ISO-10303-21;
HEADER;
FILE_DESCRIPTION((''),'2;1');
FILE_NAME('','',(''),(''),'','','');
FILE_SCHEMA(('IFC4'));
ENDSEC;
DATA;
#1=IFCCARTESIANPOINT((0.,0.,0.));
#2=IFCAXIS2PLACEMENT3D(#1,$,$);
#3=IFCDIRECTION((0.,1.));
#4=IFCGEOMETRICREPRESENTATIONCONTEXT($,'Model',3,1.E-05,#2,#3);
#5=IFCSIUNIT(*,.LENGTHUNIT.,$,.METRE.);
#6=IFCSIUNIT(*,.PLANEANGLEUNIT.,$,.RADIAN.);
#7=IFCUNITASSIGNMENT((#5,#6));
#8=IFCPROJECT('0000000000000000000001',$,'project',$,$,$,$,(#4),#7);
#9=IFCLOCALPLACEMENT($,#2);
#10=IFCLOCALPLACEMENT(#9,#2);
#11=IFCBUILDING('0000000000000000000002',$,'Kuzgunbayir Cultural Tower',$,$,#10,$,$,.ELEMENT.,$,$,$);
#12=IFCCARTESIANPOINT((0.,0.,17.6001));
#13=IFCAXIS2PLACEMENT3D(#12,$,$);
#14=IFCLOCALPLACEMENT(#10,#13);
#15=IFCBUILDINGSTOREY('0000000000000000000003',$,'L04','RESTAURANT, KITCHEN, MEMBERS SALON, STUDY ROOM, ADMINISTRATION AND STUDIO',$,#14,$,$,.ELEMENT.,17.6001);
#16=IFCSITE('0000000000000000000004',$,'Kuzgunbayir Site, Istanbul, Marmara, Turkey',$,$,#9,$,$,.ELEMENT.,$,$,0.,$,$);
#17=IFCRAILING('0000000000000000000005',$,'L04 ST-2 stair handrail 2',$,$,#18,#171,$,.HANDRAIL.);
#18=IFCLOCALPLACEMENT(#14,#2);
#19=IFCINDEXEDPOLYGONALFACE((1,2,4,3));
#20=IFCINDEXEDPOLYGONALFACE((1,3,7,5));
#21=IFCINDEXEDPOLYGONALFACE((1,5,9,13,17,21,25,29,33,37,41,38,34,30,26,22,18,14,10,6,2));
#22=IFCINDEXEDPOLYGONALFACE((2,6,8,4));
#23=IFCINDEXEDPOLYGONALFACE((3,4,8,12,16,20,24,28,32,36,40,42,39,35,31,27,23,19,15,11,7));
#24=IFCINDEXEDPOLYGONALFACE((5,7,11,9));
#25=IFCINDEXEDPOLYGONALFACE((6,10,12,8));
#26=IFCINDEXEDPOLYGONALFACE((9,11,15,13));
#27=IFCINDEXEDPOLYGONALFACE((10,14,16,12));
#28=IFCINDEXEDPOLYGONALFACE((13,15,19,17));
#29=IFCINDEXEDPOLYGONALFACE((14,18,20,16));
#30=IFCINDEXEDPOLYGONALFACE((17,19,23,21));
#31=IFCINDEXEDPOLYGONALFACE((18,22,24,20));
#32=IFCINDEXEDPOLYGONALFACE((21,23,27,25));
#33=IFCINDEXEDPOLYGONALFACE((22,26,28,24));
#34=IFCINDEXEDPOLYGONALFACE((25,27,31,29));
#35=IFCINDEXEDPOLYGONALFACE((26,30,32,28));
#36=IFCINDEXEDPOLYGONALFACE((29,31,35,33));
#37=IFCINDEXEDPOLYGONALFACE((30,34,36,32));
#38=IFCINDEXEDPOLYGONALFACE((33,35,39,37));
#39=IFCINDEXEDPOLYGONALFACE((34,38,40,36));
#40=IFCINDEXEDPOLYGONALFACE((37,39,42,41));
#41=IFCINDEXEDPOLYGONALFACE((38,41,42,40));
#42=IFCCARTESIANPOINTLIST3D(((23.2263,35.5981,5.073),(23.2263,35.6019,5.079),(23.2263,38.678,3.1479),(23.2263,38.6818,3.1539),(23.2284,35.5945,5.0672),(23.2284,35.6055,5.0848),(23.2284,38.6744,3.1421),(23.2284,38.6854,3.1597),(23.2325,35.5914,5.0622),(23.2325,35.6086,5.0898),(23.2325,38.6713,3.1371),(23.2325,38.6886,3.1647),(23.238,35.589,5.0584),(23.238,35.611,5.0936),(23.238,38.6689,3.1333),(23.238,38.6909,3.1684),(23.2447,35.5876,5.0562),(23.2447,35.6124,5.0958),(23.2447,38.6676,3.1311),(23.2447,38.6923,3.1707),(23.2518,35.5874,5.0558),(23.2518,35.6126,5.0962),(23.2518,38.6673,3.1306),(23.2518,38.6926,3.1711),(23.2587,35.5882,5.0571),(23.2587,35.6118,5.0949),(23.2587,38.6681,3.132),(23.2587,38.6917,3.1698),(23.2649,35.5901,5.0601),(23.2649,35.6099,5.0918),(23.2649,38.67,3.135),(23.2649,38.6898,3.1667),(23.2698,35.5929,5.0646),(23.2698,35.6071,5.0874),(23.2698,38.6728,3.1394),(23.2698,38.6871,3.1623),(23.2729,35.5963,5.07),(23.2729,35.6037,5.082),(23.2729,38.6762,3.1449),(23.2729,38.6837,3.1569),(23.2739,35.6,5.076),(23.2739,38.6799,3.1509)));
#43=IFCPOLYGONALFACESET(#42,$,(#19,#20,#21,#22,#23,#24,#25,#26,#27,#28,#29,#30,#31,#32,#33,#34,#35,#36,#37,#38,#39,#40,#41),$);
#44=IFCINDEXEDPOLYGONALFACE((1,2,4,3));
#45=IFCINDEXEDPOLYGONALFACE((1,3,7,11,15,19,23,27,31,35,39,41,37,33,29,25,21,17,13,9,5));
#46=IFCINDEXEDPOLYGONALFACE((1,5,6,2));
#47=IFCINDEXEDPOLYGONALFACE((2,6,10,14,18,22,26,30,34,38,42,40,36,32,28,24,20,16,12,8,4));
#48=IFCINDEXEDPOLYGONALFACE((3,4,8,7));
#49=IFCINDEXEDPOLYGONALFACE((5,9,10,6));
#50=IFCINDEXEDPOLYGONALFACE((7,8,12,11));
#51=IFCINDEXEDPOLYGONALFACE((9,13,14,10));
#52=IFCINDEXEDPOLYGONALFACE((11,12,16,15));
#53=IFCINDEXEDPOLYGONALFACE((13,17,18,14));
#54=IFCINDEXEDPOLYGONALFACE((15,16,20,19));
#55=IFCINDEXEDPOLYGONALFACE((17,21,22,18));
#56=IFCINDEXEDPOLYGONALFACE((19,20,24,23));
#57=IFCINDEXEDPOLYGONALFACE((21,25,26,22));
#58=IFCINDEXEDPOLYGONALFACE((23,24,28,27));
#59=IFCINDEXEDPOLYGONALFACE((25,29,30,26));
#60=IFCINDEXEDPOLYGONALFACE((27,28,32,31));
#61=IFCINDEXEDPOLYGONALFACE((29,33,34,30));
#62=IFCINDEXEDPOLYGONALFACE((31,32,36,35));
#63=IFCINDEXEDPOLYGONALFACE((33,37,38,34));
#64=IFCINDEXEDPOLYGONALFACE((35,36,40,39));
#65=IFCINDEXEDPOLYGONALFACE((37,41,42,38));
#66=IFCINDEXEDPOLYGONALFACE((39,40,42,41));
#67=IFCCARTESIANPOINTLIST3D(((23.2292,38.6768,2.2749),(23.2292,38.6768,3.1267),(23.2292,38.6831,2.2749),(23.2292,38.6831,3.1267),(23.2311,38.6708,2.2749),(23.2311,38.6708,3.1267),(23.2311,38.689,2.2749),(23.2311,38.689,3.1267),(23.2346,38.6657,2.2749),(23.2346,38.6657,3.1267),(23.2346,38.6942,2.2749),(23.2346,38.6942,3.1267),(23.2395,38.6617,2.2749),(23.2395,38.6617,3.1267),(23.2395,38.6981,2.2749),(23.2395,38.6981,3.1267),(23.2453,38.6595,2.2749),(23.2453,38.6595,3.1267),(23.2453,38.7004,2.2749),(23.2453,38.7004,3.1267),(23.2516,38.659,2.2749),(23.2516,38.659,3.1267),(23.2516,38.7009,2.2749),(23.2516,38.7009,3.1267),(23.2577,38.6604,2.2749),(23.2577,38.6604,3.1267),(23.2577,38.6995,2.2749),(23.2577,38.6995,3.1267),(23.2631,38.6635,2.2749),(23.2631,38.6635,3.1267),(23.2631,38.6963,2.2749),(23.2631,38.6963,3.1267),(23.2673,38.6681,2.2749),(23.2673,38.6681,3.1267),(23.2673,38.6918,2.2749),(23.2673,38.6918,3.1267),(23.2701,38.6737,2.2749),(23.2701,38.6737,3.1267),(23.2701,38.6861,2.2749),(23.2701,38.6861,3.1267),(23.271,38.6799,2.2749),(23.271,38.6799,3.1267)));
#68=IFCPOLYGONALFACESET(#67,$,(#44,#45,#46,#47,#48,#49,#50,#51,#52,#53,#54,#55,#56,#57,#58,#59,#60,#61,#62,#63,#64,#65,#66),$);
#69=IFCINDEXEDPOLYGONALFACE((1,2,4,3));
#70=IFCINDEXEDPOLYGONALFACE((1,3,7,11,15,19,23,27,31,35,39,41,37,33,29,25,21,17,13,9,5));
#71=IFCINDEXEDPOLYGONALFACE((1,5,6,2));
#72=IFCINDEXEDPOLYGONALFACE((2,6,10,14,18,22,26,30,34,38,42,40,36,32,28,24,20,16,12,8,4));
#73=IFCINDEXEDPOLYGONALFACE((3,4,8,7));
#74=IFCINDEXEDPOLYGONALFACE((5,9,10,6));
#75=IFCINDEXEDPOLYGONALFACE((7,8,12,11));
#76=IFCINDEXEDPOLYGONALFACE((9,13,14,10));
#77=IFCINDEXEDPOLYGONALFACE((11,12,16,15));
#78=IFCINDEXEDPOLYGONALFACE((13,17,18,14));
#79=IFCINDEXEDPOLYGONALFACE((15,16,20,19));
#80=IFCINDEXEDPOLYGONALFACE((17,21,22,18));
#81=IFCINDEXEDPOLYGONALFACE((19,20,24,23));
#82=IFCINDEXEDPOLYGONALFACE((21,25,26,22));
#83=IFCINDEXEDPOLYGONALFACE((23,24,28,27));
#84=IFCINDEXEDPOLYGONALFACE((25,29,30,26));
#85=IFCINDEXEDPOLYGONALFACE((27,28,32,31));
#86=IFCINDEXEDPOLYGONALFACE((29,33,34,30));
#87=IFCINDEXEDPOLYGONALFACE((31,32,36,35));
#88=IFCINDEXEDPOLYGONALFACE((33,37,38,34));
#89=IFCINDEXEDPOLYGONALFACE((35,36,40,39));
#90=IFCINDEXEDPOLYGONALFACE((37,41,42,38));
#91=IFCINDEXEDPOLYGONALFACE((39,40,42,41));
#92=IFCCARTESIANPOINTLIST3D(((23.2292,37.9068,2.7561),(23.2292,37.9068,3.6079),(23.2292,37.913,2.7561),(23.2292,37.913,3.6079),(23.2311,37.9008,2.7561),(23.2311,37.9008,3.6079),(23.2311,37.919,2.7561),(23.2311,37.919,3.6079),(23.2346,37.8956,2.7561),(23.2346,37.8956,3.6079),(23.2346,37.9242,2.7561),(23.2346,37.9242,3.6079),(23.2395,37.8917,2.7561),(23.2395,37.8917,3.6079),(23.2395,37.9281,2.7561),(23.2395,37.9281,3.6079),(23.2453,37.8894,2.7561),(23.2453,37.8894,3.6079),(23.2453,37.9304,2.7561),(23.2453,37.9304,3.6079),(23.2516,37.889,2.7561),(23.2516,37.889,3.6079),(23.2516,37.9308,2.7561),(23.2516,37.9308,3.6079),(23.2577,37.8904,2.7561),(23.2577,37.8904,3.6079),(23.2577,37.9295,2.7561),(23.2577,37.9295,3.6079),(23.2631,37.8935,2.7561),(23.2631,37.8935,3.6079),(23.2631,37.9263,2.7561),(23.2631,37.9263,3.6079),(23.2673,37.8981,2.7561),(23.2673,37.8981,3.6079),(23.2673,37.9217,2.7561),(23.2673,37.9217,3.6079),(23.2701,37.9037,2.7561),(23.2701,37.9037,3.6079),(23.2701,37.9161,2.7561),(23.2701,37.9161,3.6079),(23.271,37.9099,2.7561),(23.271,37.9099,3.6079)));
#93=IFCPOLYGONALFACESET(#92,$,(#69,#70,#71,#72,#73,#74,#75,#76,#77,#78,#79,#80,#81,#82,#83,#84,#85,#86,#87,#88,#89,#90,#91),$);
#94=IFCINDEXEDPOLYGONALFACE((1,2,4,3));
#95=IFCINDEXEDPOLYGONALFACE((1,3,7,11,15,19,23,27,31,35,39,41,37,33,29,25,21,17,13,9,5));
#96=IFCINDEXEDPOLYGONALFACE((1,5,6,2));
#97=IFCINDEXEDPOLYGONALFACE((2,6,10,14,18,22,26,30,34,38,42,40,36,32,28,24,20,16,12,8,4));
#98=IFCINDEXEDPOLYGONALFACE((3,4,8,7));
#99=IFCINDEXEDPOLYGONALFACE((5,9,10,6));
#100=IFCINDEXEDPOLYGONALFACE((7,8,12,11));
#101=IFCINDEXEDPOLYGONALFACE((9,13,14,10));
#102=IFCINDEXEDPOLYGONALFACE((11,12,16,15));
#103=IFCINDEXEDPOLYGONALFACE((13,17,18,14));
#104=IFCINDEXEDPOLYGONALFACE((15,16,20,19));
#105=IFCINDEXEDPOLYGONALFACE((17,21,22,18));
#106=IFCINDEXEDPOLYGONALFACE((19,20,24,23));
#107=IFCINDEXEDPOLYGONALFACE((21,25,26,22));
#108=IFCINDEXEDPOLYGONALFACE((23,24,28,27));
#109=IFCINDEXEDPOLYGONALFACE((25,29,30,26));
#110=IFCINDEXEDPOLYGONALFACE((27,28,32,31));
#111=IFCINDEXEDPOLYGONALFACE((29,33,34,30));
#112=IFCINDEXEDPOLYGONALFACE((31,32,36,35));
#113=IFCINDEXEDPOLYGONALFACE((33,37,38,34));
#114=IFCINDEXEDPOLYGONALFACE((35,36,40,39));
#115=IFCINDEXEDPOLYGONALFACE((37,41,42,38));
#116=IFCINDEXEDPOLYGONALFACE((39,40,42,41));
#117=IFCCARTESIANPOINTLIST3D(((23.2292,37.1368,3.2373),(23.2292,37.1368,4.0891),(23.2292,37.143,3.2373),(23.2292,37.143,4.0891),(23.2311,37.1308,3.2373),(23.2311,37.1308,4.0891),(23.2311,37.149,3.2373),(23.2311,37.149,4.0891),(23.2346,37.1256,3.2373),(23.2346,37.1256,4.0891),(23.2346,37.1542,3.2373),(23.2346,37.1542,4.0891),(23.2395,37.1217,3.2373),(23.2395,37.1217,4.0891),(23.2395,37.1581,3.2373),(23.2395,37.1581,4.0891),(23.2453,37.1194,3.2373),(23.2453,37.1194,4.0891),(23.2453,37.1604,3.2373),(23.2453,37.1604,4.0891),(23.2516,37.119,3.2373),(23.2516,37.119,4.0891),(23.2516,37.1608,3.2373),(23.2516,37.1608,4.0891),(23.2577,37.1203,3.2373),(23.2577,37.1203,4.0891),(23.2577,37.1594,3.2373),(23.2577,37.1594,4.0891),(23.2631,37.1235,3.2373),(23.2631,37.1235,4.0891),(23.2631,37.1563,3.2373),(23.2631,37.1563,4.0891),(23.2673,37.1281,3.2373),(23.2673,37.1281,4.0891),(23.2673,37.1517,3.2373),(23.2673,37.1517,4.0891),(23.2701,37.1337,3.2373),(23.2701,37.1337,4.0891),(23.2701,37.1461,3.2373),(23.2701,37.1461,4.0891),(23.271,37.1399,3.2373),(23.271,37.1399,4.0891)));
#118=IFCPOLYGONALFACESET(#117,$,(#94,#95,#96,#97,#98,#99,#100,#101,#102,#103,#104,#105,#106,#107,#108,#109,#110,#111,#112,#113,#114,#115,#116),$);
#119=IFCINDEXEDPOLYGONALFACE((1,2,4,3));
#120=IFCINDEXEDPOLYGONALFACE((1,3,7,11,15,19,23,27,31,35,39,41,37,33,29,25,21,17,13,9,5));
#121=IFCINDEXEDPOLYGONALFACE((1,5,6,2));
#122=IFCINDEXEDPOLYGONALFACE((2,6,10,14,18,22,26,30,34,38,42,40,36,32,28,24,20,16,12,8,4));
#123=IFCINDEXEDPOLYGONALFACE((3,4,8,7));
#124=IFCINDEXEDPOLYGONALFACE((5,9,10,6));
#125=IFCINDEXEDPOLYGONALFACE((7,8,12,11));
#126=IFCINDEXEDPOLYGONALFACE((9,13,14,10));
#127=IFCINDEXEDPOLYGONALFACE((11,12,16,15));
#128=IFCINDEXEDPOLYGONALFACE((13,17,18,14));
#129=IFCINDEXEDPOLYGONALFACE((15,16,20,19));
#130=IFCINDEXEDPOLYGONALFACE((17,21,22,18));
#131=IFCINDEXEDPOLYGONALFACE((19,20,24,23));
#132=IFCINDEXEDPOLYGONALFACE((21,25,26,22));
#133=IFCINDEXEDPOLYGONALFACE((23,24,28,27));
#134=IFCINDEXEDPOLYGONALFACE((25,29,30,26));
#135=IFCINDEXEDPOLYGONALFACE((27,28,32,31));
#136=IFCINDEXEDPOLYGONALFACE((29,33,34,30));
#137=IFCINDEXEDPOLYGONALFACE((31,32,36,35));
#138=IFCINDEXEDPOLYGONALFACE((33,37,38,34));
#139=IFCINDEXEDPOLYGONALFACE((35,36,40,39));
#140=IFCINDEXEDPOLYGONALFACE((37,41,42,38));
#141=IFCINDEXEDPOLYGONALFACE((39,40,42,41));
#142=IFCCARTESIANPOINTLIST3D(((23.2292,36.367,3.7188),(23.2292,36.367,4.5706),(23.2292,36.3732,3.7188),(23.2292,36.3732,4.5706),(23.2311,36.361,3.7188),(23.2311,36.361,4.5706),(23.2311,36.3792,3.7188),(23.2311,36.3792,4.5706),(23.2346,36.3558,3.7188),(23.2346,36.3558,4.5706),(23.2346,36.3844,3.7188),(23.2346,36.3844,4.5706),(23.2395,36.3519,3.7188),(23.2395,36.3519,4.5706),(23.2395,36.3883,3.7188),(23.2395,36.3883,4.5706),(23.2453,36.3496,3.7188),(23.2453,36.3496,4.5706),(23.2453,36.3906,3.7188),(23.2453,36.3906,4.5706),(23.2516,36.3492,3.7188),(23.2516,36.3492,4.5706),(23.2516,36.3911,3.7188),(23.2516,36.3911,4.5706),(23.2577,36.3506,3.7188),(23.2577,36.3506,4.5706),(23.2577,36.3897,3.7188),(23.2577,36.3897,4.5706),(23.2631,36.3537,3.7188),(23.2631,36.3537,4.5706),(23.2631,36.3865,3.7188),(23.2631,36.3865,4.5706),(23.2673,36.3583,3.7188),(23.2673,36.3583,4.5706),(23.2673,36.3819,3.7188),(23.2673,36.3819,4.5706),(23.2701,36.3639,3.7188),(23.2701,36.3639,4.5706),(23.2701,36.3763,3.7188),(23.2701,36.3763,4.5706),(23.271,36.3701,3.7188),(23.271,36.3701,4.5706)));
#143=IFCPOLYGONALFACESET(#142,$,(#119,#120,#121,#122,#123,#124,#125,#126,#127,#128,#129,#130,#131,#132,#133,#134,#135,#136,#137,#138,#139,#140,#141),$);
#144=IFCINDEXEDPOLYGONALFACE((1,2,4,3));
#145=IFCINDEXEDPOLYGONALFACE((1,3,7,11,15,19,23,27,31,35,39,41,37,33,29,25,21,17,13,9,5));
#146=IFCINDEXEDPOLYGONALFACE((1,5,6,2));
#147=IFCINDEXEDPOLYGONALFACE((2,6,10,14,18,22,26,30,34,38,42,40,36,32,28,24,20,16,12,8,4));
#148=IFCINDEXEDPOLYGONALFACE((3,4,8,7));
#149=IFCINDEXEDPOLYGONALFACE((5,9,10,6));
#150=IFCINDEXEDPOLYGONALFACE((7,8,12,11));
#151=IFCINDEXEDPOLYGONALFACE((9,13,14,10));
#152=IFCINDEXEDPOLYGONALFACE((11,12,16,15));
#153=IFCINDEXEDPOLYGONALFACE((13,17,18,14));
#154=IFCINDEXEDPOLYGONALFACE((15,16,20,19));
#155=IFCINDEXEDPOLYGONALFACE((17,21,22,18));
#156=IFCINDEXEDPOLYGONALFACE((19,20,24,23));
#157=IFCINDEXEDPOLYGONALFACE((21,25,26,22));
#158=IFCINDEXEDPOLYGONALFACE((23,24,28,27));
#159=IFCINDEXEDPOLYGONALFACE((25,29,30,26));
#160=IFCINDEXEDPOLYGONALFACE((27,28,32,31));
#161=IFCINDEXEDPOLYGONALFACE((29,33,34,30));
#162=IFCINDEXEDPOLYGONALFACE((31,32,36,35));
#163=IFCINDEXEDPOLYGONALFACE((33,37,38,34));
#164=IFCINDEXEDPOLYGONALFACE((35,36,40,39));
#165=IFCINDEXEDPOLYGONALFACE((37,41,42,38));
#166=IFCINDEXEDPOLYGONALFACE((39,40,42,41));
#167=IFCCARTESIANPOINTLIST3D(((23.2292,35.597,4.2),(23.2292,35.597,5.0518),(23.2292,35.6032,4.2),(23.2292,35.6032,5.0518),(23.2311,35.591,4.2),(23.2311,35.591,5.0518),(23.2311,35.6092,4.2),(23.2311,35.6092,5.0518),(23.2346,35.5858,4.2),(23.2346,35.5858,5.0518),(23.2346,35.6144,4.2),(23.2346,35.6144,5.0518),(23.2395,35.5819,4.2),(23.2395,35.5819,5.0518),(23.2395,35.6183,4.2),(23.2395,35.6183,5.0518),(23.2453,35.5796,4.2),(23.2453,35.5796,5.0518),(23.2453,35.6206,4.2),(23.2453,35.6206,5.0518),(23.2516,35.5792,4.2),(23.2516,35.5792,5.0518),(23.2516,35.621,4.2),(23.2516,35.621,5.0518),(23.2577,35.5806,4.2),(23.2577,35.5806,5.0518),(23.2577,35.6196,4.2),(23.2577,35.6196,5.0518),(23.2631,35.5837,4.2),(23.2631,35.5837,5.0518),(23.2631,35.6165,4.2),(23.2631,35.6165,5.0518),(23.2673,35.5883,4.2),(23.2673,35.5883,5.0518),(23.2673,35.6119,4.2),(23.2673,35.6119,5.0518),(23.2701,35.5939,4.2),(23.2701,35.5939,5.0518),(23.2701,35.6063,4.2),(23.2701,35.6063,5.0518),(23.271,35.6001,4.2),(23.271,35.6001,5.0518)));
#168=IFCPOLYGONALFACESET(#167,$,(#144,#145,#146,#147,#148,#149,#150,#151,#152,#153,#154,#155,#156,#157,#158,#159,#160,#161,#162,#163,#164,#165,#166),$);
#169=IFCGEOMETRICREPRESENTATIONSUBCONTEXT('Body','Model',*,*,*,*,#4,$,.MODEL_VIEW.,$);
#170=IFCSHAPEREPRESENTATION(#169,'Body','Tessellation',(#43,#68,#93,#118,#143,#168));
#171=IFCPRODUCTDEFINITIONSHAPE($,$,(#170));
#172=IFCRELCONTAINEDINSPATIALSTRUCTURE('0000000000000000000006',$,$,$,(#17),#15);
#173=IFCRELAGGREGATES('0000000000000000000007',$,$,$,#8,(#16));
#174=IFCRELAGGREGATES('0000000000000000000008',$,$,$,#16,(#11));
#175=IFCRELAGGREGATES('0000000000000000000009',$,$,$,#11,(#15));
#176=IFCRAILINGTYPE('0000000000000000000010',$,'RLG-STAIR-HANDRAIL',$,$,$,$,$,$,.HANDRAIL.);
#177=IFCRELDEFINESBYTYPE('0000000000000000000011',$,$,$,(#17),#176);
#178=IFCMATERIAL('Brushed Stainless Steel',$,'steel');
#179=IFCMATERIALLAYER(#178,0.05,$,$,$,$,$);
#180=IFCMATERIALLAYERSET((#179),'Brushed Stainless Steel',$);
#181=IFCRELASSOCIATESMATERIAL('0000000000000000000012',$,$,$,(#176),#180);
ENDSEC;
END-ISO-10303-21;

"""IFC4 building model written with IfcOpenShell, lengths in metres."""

from ifc_helpers import new_model, si_unit, direction, frame, origin, origin_2d, place, context, subcontext, project, spatial, circle, extrude, material, layer, layer_set, type_object, element, save


model = new_model("IFC4")

# Units and contexts
model_context = context("Model", 3, precision=1e-05, world=origin(), true_north=direction((0.0, 1.0)))
body_context = subcontext(model_context, "Body", "Model", "MODEL_VIEW")
ifc_project = project(units=[si_unit("LENGTHUNIT", "METRE"), si_unit("PLANEANGLEUNIT", "RADIAN")], contexts=[model_context])

# Site, building, storey
site_placement = place(None, origin())
site = spatial("IfcSite", under=ifc_project, at=site_placement, Name="Kuzgunbayir Site, Istanbul, Marmara, Turkey", CompositionType="ELEMENT", RefElevation=0.0)
building_placement = place(site_placement, origin())
building = spatial("IfcBuilding", under=site, at=building_placement, Name="Kuzgunbayir Cultural Tower", CompositionType="ELEMENT")
storey_placement = place(building_placement, frame((0.0, 0.0, 17.6001)))
storey = spatial("IfcBuildingStorey", under=building, at=storey_placement, Name="L04", Description="RESTAURANT, KITCHEN, MEMBERS SALON, STUDY ROOM, ADMINISTRATION AND STUDIO", CompositionType="ELEMENT", Elevation=17.6001)

# Shared definitions
ifc_material_1 = material(Name="Brushed Stainless Steel", Category="steel")

# Railing
ifc_layer_1 = layer(ifc_material_1, 0.05)
ifc_layer_set_1 = layer_set([ifc_layer_1], Name="Brushed Stainless Steel")
railing_type_1 = type_object("IfcRailingType", Name="RLG-STAIR-HANDRAIL", PredefinedType="HANDRAIL", material=ifc_layer_set_1)
railing_1_placement = place(storey_placement, frame((23.25, 38.6799, 2.2749)))
element("IfcRailing", 1, at=railing_1_placement, inside=storey, type_object=railing_type_1, Name="L04 ST-2 stair handrail 2", PredefinedType="HANDRAIL", context=body_context, shape_type="SweptSolid", body=[
    extrude(circle(Radius=0.0239, at=origin_2d()), frame((0.0, 0.0, 0.876), z_axis=(0.0, -0.847979, 0.530029), x_axis=(1.0, 0.0, 0.0)), (0.0, 0.0, 1.0), 3.6321),
    extrude(circle(Radius=0.021, at=origin_2d()), origin(), (0.0, 0.0, 1.0), 0.8518),
    extrude(circle(Radius=0.021, at=origin_2d()), frame((0.0, -0.77, 0.4812)), (0.0, 0.0, 1.0), 0.8518),
    extrude(circle(Radius=0.021, at=origin_2d()), frame((0.0, -1.54, 0.9624)), (0.0, 0.0, 1.0), 0.8518),
    extrude(circle(Radius=0.021, at=origin_2d()), frame((0.0, -2.3098, 1.4438)), (0.0, 0.0, 1.0), 0.8518),
    extrude(circle(Radius=0.021, at=origin_2d()), frame((0.0, -3.0798, 1.925)), (0.0, 0.0, 1.0), 0.8518),
])

save(model, "model.ifc")
